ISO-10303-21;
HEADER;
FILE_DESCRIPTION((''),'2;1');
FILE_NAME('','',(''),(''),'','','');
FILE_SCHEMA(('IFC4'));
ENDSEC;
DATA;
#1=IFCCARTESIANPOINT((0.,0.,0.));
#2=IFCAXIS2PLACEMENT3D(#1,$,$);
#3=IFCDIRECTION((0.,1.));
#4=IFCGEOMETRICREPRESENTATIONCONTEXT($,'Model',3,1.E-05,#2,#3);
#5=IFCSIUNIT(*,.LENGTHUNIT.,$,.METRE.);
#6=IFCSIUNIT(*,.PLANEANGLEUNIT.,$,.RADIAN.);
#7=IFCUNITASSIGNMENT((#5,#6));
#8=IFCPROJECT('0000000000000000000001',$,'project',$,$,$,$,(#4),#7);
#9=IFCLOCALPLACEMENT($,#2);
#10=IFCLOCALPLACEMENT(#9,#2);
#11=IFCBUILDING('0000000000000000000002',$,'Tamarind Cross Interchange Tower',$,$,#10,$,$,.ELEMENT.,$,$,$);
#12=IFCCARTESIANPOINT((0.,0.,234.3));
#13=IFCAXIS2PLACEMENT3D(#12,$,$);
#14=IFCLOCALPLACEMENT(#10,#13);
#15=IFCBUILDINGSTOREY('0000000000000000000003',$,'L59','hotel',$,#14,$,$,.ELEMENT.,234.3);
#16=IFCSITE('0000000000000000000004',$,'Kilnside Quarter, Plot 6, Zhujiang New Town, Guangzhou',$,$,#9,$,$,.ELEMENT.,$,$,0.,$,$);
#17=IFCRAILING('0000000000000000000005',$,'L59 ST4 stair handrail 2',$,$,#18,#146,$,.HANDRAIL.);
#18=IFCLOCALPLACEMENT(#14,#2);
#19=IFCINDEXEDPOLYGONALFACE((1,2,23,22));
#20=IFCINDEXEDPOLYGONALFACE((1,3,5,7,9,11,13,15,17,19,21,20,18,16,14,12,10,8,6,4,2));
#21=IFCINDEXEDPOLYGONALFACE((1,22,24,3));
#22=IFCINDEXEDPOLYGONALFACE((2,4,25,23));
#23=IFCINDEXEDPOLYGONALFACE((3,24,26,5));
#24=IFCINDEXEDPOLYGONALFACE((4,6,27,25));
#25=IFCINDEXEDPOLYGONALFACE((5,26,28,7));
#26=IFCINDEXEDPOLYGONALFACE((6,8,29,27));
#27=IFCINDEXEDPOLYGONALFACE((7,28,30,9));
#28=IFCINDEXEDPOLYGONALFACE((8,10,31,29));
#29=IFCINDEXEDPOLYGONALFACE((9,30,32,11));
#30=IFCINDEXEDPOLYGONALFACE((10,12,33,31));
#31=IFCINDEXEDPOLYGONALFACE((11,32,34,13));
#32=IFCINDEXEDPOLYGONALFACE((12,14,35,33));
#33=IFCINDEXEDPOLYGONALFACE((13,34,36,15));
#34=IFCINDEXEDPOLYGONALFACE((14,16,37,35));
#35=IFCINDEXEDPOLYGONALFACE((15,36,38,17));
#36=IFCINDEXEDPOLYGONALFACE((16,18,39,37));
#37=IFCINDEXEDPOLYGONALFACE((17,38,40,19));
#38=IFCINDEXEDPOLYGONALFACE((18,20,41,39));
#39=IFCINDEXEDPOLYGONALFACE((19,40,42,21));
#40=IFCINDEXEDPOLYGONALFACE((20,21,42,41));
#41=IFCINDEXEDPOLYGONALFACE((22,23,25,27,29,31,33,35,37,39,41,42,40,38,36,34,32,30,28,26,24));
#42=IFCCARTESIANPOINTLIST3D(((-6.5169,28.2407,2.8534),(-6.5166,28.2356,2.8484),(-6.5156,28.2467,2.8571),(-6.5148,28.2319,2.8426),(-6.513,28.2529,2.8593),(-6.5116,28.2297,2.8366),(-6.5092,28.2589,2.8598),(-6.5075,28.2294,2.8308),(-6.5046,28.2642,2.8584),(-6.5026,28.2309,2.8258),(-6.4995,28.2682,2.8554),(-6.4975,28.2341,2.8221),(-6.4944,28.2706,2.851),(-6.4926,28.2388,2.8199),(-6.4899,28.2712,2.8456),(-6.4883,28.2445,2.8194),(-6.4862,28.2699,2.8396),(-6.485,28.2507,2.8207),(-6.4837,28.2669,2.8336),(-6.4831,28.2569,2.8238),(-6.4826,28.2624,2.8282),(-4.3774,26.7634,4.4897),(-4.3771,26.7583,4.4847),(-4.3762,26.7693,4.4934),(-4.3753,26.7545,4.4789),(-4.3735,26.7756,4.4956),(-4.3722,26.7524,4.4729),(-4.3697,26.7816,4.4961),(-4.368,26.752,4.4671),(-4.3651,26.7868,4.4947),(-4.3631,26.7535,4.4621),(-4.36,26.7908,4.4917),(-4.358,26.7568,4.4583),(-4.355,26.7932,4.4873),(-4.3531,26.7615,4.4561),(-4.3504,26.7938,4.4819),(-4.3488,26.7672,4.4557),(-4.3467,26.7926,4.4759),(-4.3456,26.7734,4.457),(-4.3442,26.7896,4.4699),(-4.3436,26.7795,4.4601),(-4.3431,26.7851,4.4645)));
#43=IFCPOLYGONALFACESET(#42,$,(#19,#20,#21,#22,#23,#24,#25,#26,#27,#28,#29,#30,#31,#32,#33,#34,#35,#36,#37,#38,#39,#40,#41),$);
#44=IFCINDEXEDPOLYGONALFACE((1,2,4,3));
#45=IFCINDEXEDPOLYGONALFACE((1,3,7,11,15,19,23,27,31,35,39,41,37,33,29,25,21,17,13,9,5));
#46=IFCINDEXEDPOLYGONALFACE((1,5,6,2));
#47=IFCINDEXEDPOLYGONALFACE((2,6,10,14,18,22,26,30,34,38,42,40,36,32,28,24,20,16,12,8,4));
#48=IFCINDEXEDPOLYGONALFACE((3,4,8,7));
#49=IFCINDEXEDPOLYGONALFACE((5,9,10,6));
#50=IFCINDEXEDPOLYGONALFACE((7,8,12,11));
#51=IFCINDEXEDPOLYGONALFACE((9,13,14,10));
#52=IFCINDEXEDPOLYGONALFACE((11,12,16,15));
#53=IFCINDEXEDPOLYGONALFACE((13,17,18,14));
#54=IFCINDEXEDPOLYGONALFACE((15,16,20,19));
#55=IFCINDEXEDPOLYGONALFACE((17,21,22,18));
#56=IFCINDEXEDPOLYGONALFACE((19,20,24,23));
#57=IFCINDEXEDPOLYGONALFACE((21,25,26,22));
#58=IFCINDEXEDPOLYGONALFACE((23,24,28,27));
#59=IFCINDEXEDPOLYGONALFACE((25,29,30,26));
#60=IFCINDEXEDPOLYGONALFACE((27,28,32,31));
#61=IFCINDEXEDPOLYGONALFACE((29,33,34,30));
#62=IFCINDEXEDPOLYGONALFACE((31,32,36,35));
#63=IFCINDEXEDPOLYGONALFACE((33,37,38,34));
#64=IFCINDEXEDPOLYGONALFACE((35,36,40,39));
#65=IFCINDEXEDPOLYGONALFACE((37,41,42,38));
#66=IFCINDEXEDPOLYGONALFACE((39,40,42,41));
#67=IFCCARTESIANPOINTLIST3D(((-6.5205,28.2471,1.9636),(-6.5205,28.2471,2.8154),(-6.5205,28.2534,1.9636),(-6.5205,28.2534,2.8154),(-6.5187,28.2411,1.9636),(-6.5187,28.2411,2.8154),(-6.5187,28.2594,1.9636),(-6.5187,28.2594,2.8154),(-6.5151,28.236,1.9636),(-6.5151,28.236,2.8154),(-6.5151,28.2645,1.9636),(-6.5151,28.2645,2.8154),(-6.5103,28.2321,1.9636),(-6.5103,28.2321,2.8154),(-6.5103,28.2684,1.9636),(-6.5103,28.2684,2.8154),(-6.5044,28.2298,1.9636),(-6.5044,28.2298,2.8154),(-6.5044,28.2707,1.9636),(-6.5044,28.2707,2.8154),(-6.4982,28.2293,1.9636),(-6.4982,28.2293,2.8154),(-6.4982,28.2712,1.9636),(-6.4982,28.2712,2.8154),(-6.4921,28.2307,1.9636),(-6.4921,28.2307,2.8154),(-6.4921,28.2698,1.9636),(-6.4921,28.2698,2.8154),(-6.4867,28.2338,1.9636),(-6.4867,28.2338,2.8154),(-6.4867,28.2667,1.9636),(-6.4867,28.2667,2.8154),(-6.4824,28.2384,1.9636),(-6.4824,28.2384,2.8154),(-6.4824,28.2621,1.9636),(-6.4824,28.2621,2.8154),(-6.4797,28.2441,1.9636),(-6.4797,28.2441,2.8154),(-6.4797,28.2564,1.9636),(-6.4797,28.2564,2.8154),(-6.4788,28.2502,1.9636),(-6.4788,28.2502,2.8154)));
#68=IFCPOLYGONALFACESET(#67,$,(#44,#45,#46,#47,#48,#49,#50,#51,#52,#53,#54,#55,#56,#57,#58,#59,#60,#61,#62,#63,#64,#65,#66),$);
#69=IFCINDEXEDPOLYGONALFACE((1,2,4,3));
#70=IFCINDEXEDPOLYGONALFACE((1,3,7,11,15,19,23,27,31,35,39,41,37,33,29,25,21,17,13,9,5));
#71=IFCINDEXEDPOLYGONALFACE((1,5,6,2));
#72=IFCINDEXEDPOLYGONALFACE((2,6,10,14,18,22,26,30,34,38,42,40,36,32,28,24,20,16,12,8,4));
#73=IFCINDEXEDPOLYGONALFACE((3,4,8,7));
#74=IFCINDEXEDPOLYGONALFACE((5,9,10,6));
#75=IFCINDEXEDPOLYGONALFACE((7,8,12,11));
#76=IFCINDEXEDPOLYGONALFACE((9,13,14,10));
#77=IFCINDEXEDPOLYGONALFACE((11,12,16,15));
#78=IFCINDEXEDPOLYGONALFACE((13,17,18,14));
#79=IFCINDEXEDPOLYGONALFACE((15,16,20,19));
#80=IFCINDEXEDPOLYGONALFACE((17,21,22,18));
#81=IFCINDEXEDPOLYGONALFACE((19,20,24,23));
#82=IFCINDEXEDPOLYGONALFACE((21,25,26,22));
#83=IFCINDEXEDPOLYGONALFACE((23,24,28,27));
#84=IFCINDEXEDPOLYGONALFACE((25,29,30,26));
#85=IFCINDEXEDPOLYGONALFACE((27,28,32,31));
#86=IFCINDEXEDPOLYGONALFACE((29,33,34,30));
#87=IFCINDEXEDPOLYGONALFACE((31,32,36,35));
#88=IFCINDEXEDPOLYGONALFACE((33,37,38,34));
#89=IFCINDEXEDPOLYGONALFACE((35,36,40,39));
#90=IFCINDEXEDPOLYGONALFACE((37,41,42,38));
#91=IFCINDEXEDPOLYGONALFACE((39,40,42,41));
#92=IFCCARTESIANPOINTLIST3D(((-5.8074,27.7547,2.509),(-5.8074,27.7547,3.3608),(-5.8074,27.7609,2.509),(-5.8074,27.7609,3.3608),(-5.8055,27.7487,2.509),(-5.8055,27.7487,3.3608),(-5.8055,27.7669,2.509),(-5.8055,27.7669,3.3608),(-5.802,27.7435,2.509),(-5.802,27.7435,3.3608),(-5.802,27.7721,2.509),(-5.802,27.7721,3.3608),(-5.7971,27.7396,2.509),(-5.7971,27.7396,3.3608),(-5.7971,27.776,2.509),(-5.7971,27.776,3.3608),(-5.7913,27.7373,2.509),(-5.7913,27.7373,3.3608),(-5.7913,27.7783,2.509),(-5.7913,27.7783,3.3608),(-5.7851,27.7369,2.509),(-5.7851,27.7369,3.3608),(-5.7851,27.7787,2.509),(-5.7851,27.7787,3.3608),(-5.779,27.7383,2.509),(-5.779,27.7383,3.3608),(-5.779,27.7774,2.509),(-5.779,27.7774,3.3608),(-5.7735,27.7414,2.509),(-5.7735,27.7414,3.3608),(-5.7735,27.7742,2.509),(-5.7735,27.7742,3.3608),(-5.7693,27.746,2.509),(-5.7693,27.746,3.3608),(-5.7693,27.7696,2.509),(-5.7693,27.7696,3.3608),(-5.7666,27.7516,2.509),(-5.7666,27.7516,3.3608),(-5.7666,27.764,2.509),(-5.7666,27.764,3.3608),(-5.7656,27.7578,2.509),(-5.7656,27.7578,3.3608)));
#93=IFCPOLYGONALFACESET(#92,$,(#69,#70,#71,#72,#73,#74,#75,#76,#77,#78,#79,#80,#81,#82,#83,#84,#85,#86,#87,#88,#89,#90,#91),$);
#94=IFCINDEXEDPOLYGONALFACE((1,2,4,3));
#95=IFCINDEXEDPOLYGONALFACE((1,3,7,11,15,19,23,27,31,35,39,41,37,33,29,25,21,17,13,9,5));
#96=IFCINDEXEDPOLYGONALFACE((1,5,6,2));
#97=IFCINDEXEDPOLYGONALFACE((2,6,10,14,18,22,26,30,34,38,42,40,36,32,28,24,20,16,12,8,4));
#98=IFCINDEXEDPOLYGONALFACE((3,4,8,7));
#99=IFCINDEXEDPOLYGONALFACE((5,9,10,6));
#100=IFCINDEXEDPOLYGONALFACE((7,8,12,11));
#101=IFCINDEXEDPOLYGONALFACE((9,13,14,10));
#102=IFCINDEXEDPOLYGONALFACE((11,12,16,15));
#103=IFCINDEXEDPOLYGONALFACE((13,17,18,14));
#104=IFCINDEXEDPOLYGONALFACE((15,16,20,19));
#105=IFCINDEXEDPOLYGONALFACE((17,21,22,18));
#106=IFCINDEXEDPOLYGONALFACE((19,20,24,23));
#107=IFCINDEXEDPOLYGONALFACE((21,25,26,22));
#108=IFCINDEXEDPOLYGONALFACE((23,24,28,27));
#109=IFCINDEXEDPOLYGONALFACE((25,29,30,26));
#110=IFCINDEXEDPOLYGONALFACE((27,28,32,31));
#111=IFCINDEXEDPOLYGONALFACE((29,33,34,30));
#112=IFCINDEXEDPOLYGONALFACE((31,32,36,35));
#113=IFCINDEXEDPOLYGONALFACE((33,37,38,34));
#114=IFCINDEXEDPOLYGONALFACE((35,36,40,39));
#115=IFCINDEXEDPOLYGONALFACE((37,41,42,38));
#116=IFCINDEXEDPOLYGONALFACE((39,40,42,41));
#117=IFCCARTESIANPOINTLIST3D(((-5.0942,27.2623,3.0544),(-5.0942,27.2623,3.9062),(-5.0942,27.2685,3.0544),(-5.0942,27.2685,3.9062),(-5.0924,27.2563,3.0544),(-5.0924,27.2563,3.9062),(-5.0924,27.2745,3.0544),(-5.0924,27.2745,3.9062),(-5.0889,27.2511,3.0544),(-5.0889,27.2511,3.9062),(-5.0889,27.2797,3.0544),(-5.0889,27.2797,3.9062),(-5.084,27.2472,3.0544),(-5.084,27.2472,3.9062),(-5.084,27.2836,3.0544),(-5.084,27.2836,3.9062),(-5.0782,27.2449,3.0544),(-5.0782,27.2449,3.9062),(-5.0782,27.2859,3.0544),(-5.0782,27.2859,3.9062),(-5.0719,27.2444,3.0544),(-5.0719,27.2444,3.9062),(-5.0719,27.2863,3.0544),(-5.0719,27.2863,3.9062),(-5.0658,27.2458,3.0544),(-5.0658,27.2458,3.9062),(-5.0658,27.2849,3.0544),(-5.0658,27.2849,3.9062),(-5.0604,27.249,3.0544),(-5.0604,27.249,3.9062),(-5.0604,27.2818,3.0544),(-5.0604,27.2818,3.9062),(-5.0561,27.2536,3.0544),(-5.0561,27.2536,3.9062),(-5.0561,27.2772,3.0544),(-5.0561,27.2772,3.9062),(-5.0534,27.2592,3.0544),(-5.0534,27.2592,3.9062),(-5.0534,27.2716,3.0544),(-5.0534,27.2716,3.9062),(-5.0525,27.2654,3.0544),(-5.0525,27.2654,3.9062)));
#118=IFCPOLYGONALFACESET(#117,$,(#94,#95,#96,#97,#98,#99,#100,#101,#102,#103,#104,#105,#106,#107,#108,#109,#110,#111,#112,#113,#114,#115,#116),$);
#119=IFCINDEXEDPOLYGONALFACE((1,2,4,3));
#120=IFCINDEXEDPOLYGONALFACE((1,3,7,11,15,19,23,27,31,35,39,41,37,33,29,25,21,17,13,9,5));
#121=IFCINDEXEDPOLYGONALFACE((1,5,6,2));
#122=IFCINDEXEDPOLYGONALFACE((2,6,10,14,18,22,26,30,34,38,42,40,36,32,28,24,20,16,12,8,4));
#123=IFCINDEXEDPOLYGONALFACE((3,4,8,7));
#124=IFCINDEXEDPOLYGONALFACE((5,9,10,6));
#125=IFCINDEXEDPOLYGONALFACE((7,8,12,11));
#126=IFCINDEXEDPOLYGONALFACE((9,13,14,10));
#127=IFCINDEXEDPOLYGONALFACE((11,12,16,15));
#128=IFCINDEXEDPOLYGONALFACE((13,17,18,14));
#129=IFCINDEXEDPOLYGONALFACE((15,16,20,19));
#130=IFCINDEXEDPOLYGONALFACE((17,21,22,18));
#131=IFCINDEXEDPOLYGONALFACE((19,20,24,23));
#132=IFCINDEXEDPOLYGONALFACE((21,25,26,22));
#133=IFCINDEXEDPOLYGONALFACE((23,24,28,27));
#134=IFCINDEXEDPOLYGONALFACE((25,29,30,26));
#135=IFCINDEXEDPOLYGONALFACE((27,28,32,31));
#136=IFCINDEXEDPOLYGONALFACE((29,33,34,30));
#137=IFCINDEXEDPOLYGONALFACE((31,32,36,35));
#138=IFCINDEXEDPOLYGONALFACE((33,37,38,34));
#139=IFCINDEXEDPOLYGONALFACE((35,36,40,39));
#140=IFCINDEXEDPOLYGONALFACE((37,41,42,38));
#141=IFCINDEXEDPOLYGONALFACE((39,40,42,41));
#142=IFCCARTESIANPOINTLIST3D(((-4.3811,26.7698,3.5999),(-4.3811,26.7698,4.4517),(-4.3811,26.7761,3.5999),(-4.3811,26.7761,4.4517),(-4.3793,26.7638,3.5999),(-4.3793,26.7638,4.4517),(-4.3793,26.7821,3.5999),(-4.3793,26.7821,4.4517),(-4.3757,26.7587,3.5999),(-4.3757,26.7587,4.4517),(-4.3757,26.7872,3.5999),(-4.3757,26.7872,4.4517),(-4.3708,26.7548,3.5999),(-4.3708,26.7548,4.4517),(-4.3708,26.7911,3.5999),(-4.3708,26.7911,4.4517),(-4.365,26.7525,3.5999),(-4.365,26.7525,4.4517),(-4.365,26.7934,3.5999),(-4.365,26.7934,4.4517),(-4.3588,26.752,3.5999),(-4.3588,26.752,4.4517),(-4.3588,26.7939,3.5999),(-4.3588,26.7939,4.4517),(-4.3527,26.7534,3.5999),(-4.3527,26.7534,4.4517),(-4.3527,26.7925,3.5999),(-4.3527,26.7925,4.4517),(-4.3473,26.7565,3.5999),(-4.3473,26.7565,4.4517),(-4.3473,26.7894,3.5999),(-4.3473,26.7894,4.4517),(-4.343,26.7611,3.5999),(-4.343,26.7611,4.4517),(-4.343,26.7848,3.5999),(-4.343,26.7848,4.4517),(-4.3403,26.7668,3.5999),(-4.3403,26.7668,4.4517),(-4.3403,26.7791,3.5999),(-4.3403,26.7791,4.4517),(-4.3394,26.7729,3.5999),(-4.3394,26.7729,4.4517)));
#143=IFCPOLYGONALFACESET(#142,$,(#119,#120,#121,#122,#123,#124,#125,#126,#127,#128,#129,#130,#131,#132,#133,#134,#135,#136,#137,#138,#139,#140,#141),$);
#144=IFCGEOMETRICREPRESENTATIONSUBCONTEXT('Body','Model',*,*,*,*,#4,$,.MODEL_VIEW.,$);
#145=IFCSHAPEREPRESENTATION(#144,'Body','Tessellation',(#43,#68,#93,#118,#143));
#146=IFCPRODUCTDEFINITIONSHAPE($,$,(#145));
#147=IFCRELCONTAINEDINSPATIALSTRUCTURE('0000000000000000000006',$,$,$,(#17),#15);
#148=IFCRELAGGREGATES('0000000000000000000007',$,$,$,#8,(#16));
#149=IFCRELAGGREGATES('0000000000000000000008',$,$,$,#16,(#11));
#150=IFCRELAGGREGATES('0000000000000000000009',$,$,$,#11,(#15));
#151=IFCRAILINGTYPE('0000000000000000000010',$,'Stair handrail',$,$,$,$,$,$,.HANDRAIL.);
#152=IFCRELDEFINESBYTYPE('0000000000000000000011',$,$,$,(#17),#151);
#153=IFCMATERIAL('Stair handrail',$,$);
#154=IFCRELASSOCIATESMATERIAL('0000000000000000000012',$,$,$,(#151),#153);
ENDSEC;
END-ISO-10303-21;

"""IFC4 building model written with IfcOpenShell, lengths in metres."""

from ifc_helpers import new_model, si_unit, direction, frame, origin, origin_2d, place, context, subcontext, project, spatial, circle, extrude, material, type_object, element, save


model = new_model("IFC4")

# Units and contexts
model_context = context("Model", 3, precision=1e-05, world=origin(), true_north=direction((0.0, 1.0)))
body_context = subcontext(model_context, "Body", "Model", "MODEL_VIEW")
ifc_project = project(units=[si_unit("LENGTHUNIT", "METRE"), si_unit("PLANEANGLEUNIT", "RADIAN")], contexts=[model_context])

# Site, building, storey
site_placement = place(None, origin())
site = spatial("IfcSite", under=ifc_project, at=site_placement, Name="Kilnside Quarter, Plot 6, Zhujiang New Town, Guangzhou", CompositionType="ELEMENT", RefElevation=0.0)
building_placement = place(site_placement, origin())
building = spatial("IfcBuilding", under=site, at=building_placement, Name="Tamarind Cross Interchange Tower", CompositionType="ELEMENT")
storey_placement = place(building_placement, frame((0.0, 0.0, 234.3)))
storey = spatial("IfcBuildingStorey", under=building, at=storey_placement, Name="L59", Description="hotel", CompositionType="ELEMENT", Elevation=234.3)

# Railing
ifc_material_1 = material(Name="Stair handrail")
railing_type = type_object("IfcRailingType", Name="Stair handrail", PredefinedType="HANDRAIL", material=ifc_material_1)
railing_placement = place(storey_placement, frame((-6.4998, 28.2502, 1.9636)))
element("IfcRailing", 1, at=railing_placement, inside=storey, type_object=railing_type, Name="L59 ST4 stair handrail 2", PredefinedType="HANDRAIL", context=body_context, shape_type="SweptSolid", body=[
    extrude(circle(Radius=0.0239, at=origin_2d()), frame((0.0, 0.0, 0.876), z_axis=(0.696438, -0.480903, 0.532641), x_axis=(0.568213, 0.822881, 0.0)), (0.0, 0.0, 1.0), 3.072),
    extrude(circle(Radius=0.021, at=origin_2d()), origin(), (0.0, 0.0, 1.0), 0.8518),
    extrude(circle(Radius=0.021, at=origin_2d()), frame((0.7131, -0.4924, 0.5454)), (0.0, 0.0, 1.0), 0.8518),
    extrude(circle(Radius=0.021, at=origin_2d()), frame((1.4263, -0.9849, 1.0908)), (0.0, 0.0, 1.0), 0.8518),
    extrude(circle(Radius=0.021, at=origin_2d()), frame((2.1394, -1.4773, 1.6362)), (0.0, 0.0, 1.0), 0.8518),
])

save(model, "model.ifc")
